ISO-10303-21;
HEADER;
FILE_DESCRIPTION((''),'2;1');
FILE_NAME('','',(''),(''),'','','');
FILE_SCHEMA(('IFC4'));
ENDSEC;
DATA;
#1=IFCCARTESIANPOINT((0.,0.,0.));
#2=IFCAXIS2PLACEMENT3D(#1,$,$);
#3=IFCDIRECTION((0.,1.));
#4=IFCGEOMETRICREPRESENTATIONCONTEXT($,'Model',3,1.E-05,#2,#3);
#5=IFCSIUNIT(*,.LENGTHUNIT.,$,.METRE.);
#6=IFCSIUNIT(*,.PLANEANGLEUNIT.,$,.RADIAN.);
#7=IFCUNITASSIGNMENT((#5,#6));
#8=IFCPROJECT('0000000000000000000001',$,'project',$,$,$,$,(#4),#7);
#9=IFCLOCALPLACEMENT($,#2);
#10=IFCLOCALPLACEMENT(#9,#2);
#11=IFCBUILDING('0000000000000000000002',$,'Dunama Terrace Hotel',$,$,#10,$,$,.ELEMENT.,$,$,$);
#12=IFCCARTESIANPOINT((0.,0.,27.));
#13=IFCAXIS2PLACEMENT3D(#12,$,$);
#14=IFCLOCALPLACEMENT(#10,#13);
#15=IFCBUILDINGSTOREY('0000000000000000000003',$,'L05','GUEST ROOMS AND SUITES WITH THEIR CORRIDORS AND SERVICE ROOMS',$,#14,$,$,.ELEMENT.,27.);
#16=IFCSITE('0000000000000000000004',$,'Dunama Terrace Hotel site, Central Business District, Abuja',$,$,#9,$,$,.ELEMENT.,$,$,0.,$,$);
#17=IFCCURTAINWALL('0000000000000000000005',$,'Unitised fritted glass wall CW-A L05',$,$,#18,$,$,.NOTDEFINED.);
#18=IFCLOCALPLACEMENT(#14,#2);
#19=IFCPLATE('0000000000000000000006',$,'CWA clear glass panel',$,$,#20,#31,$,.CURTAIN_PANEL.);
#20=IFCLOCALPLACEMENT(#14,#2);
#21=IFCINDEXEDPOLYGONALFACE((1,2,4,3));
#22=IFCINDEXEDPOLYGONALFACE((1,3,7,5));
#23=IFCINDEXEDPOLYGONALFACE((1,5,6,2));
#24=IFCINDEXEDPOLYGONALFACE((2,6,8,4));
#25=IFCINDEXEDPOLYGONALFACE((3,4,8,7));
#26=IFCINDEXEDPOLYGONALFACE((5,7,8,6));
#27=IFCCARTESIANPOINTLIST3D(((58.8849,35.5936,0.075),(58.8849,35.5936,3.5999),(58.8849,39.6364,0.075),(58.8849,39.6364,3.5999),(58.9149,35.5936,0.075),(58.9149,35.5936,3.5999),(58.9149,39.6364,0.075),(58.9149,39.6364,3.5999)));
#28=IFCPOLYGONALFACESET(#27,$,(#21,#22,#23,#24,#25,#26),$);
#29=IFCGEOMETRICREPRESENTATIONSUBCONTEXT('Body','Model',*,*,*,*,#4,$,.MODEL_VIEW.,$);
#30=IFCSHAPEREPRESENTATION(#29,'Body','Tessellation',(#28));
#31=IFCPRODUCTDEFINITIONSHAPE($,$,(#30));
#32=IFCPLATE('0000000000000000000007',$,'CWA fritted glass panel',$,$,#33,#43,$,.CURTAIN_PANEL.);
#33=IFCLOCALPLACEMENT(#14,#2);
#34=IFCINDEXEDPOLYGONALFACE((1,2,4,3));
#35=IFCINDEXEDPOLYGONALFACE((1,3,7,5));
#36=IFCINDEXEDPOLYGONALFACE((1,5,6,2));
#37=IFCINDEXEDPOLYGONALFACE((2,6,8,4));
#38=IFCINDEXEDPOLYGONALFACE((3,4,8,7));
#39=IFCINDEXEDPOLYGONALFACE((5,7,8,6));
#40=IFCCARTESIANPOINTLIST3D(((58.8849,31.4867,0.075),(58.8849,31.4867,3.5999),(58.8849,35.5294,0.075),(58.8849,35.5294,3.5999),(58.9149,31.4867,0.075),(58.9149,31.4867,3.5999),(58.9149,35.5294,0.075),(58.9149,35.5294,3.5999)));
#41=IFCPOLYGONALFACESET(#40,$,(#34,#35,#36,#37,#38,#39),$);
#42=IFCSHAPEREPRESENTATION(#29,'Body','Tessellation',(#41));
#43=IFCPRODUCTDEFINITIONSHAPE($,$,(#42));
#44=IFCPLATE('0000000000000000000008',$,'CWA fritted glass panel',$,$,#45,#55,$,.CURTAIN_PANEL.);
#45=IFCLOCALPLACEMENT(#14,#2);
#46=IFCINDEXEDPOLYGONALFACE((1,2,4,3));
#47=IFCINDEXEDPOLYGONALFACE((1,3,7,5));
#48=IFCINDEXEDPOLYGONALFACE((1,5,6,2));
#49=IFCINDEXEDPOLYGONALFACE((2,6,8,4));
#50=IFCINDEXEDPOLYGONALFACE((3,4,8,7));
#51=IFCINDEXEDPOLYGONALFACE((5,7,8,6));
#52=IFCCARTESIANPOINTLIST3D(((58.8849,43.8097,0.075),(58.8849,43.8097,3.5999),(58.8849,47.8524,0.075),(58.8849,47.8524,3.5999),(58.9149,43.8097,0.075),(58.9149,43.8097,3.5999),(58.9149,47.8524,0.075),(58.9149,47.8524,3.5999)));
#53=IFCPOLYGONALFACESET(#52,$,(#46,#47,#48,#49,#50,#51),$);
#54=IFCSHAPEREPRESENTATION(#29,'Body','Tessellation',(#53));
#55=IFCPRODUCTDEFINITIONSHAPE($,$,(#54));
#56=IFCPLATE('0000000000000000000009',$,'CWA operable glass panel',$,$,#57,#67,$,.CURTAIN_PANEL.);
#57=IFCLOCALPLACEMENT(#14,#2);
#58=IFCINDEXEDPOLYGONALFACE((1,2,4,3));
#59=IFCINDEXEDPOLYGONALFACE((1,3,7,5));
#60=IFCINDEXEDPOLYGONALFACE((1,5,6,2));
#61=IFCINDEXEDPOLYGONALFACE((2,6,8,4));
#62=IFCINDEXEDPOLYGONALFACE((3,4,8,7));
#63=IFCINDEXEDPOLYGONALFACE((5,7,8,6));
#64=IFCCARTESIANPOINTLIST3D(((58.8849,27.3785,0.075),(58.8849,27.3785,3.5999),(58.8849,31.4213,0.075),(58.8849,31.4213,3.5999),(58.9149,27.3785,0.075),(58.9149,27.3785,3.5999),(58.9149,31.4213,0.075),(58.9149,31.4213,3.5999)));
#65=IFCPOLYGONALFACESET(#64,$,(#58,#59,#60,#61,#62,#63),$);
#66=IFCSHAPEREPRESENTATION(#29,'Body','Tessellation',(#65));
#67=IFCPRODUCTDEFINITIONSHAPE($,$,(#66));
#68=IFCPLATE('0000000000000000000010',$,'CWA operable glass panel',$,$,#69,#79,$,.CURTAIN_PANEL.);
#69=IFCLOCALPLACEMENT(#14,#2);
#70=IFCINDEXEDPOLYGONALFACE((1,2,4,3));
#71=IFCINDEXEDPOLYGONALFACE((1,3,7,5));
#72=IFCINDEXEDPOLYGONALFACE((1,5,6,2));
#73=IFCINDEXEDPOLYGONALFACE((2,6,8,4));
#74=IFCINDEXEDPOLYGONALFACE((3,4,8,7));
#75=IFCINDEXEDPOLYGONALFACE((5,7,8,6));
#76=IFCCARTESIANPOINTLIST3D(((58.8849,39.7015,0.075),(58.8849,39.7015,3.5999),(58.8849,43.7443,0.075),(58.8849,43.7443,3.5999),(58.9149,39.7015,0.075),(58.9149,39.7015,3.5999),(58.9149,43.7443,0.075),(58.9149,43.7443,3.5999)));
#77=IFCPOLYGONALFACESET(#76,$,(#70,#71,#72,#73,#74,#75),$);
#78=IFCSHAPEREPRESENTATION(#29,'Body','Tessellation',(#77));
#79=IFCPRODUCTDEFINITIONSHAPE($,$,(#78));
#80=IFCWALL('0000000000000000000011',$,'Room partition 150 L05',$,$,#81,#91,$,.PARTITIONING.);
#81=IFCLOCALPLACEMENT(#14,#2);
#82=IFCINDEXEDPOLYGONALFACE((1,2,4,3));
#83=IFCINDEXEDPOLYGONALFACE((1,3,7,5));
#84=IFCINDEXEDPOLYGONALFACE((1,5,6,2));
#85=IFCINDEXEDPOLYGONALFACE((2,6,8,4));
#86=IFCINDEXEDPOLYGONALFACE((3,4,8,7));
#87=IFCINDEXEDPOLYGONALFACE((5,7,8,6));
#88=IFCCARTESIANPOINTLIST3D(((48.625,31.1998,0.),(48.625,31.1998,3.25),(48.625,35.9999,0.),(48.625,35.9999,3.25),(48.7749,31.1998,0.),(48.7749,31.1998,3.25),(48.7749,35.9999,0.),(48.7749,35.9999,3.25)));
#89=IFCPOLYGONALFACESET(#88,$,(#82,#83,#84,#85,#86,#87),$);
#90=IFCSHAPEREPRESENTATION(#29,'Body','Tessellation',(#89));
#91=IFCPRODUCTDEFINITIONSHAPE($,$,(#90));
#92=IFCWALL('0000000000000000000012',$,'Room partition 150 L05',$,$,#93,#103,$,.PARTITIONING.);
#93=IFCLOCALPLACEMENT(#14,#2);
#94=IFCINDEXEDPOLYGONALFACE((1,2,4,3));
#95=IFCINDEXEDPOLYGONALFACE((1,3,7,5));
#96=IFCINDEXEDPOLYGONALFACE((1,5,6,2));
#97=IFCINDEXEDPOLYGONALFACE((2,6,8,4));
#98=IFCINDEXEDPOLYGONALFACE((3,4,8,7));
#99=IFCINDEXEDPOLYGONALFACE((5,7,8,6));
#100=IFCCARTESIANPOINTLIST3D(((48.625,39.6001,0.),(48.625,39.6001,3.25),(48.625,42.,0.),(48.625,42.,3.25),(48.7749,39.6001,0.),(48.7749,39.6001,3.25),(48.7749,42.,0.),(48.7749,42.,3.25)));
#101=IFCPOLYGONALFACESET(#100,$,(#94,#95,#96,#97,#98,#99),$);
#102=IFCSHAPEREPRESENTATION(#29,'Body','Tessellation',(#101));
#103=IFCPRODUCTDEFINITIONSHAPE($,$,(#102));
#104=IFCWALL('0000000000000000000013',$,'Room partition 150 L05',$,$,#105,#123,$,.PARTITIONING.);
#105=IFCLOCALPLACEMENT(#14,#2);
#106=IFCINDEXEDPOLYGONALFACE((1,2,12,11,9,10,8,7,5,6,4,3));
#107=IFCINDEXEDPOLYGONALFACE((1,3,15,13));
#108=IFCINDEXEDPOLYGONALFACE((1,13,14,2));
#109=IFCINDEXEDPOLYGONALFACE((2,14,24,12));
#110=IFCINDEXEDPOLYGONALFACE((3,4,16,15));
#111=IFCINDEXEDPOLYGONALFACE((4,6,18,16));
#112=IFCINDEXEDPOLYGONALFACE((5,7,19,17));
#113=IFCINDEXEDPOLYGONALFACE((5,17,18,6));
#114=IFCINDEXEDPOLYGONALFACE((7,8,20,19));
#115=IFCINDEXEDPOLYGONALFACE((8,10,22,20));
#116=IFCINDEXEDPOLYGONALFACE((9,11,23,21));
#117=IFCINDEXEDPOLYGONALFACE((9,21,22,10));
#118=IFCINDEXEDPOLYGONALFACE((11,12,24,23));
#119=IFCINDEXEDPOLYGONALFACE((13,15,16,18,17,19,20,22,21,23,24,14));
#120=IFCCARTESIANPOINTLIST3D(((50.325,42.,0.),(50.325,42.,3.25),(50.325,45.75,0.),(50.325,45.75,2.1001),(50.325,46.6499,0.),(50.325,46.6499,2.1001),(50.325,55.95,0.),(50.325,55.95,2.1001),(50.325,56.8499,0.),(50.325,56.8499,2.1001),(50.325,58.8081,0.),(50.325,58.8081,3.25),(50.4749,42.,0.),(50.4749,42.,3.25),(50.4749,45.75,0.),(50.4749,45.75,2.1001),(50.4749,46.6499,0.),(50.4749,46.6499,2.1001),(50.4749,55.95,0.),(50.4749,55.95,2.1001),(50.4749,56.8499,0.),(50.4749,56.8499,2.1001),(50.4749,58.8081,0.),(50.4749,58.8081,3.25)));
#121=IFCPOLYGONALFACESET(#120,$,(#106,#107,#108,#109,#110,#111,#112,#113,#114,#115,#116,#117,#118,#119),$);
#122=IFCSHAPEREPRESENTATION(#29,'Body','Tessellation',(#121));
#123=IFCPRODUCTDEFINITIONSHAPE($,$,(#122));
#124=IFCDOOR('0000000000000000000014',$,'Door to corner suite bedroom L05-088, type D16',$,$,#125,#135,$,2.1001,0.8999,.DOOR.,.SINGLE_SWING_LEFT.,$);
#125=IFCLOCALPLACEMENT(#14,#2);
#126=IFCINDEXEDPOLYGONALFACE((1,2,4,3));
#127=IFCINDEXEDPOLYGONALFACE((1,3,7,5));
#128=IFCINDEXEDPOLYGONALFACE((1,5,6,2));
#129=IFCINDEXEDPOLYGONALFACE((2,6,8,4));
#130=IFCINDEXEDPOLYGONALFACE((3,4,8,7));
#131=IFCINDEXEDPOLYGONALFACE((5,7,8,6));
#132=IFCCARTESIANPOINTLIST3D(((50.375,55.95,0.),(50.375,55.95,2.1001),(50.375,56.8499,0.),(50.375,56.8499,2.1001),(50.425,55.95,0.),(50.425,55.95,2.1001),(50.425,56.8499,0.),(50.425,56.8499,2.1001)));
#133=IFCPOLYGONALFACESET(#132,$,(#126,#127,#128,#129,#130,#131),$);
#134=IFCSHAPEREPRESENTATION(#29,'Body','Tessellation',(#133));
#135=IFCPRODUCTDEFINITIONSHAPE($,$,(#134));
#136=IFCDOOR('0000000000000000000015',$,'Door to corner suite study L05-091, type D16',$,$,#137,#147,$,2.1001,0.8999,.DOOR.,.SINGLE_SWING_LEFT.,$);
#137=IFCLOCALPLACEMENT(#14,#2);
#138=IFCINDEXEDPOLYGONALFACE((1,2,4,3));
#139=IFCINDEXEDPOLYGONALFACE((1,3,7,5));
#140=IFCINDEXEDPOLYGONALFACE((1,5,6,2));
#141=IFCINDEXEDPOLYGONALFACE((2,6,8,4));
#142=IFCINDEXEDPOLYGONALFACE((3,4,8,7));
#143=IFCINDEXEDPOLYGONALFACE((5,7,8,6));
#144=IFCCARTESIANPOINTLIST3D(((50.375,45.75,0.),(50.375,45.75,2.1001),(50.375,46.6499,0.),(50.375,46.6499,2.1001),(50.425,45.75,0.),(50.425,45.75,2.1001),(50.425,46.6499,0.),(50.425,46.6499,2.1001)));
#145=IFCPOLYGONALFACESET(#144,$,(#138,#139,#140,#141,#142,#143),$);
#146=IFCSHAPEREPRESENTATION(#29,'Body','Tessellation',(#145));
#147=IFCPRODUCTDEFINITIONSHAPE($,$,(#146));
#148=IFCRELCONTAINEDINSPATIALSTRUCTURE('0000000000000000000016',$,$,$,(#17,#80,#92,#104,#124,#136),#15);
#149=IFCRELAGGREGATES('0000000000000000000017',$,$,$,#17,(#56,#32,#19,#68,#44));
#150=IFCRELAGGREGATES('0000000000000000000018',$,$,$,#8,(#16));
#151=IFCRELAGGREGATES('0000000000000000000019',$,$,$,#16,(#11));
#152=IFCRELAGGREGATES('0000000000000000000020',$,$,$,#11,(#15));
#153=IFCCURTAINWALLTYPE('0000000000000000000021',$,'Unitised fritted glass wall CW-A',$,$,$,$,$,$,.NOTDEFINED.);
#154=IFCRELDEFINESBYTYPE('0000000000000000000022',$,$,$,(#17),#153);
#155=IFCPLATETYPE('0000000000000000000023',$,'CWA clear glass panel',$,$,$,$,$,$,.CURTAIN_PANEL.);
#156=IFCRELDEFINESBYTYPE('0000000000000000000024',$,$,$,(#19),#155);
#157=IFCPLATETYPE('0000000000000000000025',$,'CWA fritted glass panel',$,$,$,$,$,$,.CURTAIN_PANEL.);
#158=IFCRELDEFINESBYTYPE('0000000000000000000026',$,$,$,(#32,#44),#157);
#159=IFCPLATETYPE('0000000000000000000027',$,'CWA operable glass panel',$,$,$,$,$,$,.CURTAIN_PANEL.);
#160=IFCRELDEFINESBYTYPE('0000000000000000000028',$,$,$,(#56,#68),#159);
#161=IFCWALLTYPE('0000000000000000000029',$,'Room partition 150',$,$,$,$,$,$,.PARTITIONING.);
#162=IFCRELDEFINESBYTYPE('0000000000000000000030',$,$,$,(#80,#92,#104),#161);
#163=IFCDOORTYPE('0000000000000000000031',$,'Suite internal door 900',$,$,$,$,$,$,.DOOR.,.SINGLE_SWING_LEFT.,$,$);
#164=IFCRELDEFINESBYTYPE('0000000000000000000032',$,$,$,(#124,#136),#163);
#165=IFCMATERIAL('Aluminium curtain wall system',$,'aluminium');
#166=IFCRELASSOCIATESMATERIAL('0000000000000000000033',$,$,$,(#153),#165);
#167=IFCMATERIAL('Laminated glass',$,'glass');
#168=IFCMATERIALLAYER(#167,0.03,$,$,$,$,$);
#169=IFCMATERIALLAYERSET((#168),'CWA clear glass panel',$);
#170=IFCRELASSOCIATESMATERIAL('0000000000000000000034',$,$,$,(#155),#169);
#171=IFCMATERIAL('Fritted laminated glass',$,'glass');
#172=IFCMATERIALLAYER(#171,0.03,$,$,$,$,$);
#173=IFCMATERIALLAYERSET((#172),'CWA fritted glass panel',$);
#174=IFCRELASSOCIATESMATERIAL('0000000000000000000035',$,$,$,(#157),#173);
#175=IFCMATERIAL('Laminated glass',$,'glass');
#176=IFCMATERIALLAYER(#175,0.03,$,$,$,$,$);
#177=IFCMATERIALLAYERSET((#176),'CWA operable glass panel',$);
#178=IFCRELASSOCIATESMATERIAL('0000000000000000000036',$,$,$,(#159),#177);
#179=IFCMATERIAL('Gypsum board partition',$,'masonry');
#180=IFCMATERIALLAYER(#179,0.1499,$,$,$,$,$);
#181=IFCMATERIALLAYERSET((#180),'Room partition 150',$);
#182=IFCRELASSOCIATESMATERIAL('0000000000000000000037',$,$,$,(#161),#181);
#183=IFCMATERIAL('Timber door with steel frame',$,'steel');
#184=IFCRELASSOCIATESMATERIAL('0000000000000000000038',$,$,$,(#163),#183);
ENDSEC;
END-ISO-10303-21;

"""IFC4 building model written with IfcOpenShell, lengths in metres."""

from ifc_helpers import new_model, si_unit, direction, frame, frame_2d, origin, origin_2d, place, context, subcontext, project, spatial, rectangle, extrude, material, layer, layer_set, type_object, element, fill, aggregate, save


model = new_model("IFC4")

# Units and contexts
model_context = context("Model", 3, precision=1e-05, world=origin(), true_north=direction((0.0, 1.0)))
body_context = subcontext(model_context, "Body", "Model", "MODEL_VIEW")
ifc_project = project(units=[si_unit("LENGTHUNIT", "METRE"), si_unit("PLANEANGLEUNIT", "RADIAN")], contexts=[model_context])

# Site, building, storey
site_placement = place(None, origin())
site = spatial("IfcSite", under=ifc_project, at=site_placement, Name="Dunama Terrace Hotel site, Central Business District, Abuja", CompositionType="ELEMENT", RefElevation=0.0)
building_placement = place(site_placement, origin())
building = spatial("IfcBuilding", under=site, at=building_placement, Name="Dunama Terrace Hotel", CompositionType="ELEMENT")
storey_placement = place(building_placement, frame((0.0, 0.0, 27.0)))
storey = spatial("IfcBuildingStorey", under=building, at=storey_placement, Name="L05", Description="GUEST ROOMS AND SUITES WITH THEIR CORRIDORS AND SERVICE ROOMS", CompositionType="ELEMENT", Elevation=27.0)

# Curtain wall
ifc_material_1 = material(Name="Aluminium curtain wall system", Category="aluminium")
curtain_wall_type = type_object("IfcCurtainWallType", Name="Unitised fritted glass wall CW-A", PredefinedType="NOTDEFINED", material=ifc_material_1)
curtain_wall_placement = place(storey_placement, origin())
curtain_wall = element("IfcCurtainWall", 1, at=curtain_wall_placement, inside=storey, type_object=curtain_wall_type, Name="Unitised fritted glass wall CW-A L05", PredefinedType="NOTDEFINED")

# Plates
ifc_material_2 = material(Name="Laminated glass", Category="glass")
ifc_layer_1 = layer(ifc_material_2, 0.03)
ifc_layer_set_1 = layer_set([ifc_layer_1], Name="CWA clear glass panel")
plate_type_1 = type_object("IfcPlateType", Name="CWA clear glass panel", PredefinedType="CURTAIN_PANEL", material=ifc_layer_set_1)
plate_1_placement = place(storey_placement, frame((58.8999, 37.615, 0.075), z_axis=(0.0, 0.0, 1.0), x_axis=(0.0, 1.0, 0.0)))
plate_1 = element("IfcPlate", 2, at=plate_1_placement, type_object=plate_type_1, Name="CWA clear glass panel", PredefinedType="CURTAIN_PANEL", context=body_context, shape_type="SweptSolid", body=[
    extrude(rectangle(XDim=4.0427, YDim=0.03, at=origin_2d()), origin(), (0.0, 0.0, 1.0), 3.5249),
])
ifc_material_3 = material(Name="Fritted laminated glass", Category="glass")
ifc_layer_2 = layer(ifc_material_3, 0.03)
ifc_layer_set_2 = layer_set([ifc_layer_2], Name="CWA fritted glass panel")
plate_type_2 = type_object("IfcPlateType", Name="CWA fritted glass panel", PredefinedType="CURTAIN_PANEL", material=ifc_layer_set_2)
plate_2_placement = place(storey_placement, frame((58.8999, 33.5081, 0.075), z_axis=(0.0, 0.0, 1.0), x_axis=(0.0, 1.0, 0.0)))
plate_2 = element("IfcPlate", 3, at=plate_2_placement, type_object=plate_type_2, Name="CWA fritted glass panel", PredefinedType="CURTAIN_PANEL", context=body_context, shape_type="SweptSolid", body=[
    extrude(rectangle(XDim=4.0427, YDim=0.03, at=origin_2d()), origin(), (0.0, 0.0, 1.0), 3.5249),
])
plate_3_placement = place(storey_placement, frame((58.8999, 45.8311, 0.075), z_axis=(0.0, 0.0, 1.0), x_axis=(0.0, 1.0, 0.0)))
plate_3 = element("IfcPlate", 4, at=plate_3_placement, type_object=plate_type_2, Name="CWA fritted glass panel", PredefinedType="CURTAIN_PANEL", context=body_context, shape_type="SweptSolid", body=[
    extrude(rectangle(XDim=4.0427, YDim=0.03, at=origin_2d()), origin(), (0.0, 0.0, 1.0), 3.5249),
])
ifc_material_4 = material(Name="Laminated glass", Category="glass")
ifc_layer_3 = layer(ifc_material_4, 0.03)
ifc_layer_set_3 = layer_set([ifc_layer_3], Name="CWA operable glass panel")
plate_type_3 = type_object("IfcPlateType", Name="CWA operable glass panel", PredefinedType="CURTAIN_PANEL", material=ifc_layer_set_3)
plate_4_placement = place(storey_placement, frame((58.8999, 29.3999, 0.075), z_axis=(0.0, 0.0, 1.0), x_axis=(0.0, 1.0, 0.0)))
plate_4 = element("IfcPlate", 5, at=plate_4_placement, type_object=plate_type_3, Name="CWA operable glass panel", PredefinedType="CURTAIN_PANEL", context=body_context, shape_type="SweptSolid", body=[
    extrude(rectangle(XDim=4.0427, YDim=0.03, at=origin_2d()), origin(), (0.0, 0.0, 1.0), 3.5249),
])
plate_5_placement = place(storey_placement, frame((58.8999, 41.7229, 0.075), z_axis=(0.0, 0.0, 1.0), x_axis=(0.0, 1.0, 0.0)))
plate_5 = element("IfcPlate", 6, at=plate_5_placement, type_object=plate_type_3, Name="CWA operable glass panel", PredefinedType="CURTAIN_PANEL", context=body_context, shape_type="SweptSolid", body=[
    extrude(rectangle(XDim=4.0427, YDim=0.03, at=origin_2d()), origin(), (0.0, 0.0, 1.0), 3.5249),
])
aggregate(curtain_wall, [plate_4, plate_2, plate_1, plate_5, plate_3])

# Walls
ifc_material_5 = material(Name="Gypsum board partition", Category="masonry")
ifc_layer_4 = layer(ifc_material_5, 0.1499)
ifc_layer_set_4 = layer_set([ifc_layer_4], Name="Room partition 150")
wall_type = type_object("IfcWallType", Name="Room partition 150", PredefinedType="PARTITIONING", material=ifc_layer_set_4)
wall_1_placement = place(storey_placement, frame((48.7, 31.2, 0.0), z_axis=(0.0, 0.0, 1.0), x_axis=(0.0, 1.0, 0.0)))
element("IfcWall", 7, at=wall_1_placement, inside=storey, type_object=wall_type, Name="Room partition 150 L05", PredefinedType="PARTITIONING", context=body_context, shape_type="SweptSolid", body=[
    extrude(rectangle(XDim=4.8, YDim=0.1499, at=frame_2d((2.3999, 0.0))), origin(), (0.0, 0.0, 1.0), 3.25),
])
wall_2_placement = place(storey_placement, frame((48.7, 39.6001, 0.0), z_axis=(0.0, 0.0, 1.0), x_axis=(0.0, 1.0, 0.0)))
element("IfcWall", 8, at=wall_2_placement, inside=storey, type_object=wall_type, Name="Room partition 150 L05", PredefinedType="PARTITIONING", context=body_context, shape_type="SweptSolid", body=[
    extrude(rectangle(XDim=2.3999, YDim=0.1499, at=frame_2d((1.2, 0.0))), origin(), (0.0, 0.0, 1.0), 3.25),
])

# Wall, openings, doors
wall_3_placement = place(storey_placement, frame((50.3999, 42.0, 0.0), z_axis=(0.0, 0.0, 1.0), x_axis=(0.0, 1.0, 0.0)))
wall_3 = element("IfcWall", 9, at=wall_3_placement, inside=storey, type_object=wall_type, Name="Room partition 150 L05", PredefinedType="PARTITIONING", context=body_context, shape_type="SweptSolid", body=[
    extrude(rectangle(XDim=16.8081, YDim=0.1499, at=frame_2d((8.4041, 0.0))), origin(), (0.0, 0.0, 1.0), 3.25),
])
opening_1_placement = place(wall_3_placement, frame((13.95, 0.0, 0.0)))
opening_1 = element("IfcOpeningElement", 10, at=opening_1_placement, cuts=wall_3, PredefinedType="OPENING", context=body_context, shape_type="SweptSolid", body=[
    extrude(rectangle(XDim=0.8999, YDim=2.1001, at=frame_2d((0.45, 1.05))), frame((0.0, 0.085, 0.0), z_axis=(0.0, -1.0, 0.0), x_axis=(1.0, 0.0, 0.0)), (0.0, 0.0, 1.0), 0.1699),
])
opening_2_placement = place(wall_3_placement, frame((3.75, 0.0, 0.0)))
opening_2 = element("IfcOpeningElement", 11, at=opening_2_placement, cuts=wall_3, PredefinedType="OPENING", context=body_context, shape_type="SweptSolid", body=[
    extrude(rectangle(XDim=0.8999, YDim=2.1001, at=frame_2d((0.45, 1.05))), frame((0.0, 0.085, 0.0), z_axis=(0.0, -1.0, 0.0), x_axis=(1.0, 0.0, 0.0)), (0.0, 0.0, 1.0), 0.1699),
])
ifc_material_6 = material(Name="Timber door with steel frame", Category="steel")
door_type = type_object("IfcDoorType", Name="Suite internal door 900", OperationType="SINGLE_SWING_LEFT", PredefinedType="DOOR", material=ifc_material_6)
door_1_placement = place(opening_1_placement, frame((0.8999, 0.0, 0.0), z_axis=(0.0, 0.0, 1.0), x_axis=(-1.0, 0.0, 0.0)))
door_1 = element("IfcDoor", 12, at=door_1_placement, inside=storey, type_object=door_type, Name="Door to corner suite bedroom L05-088, type D16", OperationType="SINGLE_SWING_LEFT", OverallHeight=2.1001, OverallWidth=0.8999, PredefinedType="DOOR", context=body_context, shape_type="SweptSolid", body=[
    extrude(rectangle(XDim=0.8999, YDim=2.1001, at=frame_2d((0.45, 1.05))), frame((0.0, 0.0251, 0.0), z_axis=(0.0, -1.0, 0.0), x_axis=(1.0, 0.0, 0.0)), (0.0, 0.0, 1.0), 0.05),
])
fill(opening_1, door_1)
door_2_placement = place(opening_2_placement, frame((0.8999, 0.0, 0.0), z_axis=(0.0, 0.0, 1.0), x_axis=(-1.0, 0.0, 0.0)))
door_2 = element("IfcDoor", 13, at=door_2_placement, inside=storey, type_object=door_type, Name="Door to corner suite study L05-091, type D16", OperationType="SINGLE_SWING_LEFT", OverallHeight=2.1001, OverallWidth=0.8999, PredefinedType="DOOR", context=body_context, shape_type="SweptSolid", body=[
    extrude(rectangle(XDim=0.8999, YDim=2.1001, at=frame_2d((0.45, 1.05))), frame((0.0, 0.0251, 0.0), z_axis=(0.0, -1.0, 0.0), x_axis=(1.0, 0.0, 0.0)), (0.0, 0.0, 1.0), 0.05),
])
fill(opening_2, door_2)

save(model, "model.ifc")
